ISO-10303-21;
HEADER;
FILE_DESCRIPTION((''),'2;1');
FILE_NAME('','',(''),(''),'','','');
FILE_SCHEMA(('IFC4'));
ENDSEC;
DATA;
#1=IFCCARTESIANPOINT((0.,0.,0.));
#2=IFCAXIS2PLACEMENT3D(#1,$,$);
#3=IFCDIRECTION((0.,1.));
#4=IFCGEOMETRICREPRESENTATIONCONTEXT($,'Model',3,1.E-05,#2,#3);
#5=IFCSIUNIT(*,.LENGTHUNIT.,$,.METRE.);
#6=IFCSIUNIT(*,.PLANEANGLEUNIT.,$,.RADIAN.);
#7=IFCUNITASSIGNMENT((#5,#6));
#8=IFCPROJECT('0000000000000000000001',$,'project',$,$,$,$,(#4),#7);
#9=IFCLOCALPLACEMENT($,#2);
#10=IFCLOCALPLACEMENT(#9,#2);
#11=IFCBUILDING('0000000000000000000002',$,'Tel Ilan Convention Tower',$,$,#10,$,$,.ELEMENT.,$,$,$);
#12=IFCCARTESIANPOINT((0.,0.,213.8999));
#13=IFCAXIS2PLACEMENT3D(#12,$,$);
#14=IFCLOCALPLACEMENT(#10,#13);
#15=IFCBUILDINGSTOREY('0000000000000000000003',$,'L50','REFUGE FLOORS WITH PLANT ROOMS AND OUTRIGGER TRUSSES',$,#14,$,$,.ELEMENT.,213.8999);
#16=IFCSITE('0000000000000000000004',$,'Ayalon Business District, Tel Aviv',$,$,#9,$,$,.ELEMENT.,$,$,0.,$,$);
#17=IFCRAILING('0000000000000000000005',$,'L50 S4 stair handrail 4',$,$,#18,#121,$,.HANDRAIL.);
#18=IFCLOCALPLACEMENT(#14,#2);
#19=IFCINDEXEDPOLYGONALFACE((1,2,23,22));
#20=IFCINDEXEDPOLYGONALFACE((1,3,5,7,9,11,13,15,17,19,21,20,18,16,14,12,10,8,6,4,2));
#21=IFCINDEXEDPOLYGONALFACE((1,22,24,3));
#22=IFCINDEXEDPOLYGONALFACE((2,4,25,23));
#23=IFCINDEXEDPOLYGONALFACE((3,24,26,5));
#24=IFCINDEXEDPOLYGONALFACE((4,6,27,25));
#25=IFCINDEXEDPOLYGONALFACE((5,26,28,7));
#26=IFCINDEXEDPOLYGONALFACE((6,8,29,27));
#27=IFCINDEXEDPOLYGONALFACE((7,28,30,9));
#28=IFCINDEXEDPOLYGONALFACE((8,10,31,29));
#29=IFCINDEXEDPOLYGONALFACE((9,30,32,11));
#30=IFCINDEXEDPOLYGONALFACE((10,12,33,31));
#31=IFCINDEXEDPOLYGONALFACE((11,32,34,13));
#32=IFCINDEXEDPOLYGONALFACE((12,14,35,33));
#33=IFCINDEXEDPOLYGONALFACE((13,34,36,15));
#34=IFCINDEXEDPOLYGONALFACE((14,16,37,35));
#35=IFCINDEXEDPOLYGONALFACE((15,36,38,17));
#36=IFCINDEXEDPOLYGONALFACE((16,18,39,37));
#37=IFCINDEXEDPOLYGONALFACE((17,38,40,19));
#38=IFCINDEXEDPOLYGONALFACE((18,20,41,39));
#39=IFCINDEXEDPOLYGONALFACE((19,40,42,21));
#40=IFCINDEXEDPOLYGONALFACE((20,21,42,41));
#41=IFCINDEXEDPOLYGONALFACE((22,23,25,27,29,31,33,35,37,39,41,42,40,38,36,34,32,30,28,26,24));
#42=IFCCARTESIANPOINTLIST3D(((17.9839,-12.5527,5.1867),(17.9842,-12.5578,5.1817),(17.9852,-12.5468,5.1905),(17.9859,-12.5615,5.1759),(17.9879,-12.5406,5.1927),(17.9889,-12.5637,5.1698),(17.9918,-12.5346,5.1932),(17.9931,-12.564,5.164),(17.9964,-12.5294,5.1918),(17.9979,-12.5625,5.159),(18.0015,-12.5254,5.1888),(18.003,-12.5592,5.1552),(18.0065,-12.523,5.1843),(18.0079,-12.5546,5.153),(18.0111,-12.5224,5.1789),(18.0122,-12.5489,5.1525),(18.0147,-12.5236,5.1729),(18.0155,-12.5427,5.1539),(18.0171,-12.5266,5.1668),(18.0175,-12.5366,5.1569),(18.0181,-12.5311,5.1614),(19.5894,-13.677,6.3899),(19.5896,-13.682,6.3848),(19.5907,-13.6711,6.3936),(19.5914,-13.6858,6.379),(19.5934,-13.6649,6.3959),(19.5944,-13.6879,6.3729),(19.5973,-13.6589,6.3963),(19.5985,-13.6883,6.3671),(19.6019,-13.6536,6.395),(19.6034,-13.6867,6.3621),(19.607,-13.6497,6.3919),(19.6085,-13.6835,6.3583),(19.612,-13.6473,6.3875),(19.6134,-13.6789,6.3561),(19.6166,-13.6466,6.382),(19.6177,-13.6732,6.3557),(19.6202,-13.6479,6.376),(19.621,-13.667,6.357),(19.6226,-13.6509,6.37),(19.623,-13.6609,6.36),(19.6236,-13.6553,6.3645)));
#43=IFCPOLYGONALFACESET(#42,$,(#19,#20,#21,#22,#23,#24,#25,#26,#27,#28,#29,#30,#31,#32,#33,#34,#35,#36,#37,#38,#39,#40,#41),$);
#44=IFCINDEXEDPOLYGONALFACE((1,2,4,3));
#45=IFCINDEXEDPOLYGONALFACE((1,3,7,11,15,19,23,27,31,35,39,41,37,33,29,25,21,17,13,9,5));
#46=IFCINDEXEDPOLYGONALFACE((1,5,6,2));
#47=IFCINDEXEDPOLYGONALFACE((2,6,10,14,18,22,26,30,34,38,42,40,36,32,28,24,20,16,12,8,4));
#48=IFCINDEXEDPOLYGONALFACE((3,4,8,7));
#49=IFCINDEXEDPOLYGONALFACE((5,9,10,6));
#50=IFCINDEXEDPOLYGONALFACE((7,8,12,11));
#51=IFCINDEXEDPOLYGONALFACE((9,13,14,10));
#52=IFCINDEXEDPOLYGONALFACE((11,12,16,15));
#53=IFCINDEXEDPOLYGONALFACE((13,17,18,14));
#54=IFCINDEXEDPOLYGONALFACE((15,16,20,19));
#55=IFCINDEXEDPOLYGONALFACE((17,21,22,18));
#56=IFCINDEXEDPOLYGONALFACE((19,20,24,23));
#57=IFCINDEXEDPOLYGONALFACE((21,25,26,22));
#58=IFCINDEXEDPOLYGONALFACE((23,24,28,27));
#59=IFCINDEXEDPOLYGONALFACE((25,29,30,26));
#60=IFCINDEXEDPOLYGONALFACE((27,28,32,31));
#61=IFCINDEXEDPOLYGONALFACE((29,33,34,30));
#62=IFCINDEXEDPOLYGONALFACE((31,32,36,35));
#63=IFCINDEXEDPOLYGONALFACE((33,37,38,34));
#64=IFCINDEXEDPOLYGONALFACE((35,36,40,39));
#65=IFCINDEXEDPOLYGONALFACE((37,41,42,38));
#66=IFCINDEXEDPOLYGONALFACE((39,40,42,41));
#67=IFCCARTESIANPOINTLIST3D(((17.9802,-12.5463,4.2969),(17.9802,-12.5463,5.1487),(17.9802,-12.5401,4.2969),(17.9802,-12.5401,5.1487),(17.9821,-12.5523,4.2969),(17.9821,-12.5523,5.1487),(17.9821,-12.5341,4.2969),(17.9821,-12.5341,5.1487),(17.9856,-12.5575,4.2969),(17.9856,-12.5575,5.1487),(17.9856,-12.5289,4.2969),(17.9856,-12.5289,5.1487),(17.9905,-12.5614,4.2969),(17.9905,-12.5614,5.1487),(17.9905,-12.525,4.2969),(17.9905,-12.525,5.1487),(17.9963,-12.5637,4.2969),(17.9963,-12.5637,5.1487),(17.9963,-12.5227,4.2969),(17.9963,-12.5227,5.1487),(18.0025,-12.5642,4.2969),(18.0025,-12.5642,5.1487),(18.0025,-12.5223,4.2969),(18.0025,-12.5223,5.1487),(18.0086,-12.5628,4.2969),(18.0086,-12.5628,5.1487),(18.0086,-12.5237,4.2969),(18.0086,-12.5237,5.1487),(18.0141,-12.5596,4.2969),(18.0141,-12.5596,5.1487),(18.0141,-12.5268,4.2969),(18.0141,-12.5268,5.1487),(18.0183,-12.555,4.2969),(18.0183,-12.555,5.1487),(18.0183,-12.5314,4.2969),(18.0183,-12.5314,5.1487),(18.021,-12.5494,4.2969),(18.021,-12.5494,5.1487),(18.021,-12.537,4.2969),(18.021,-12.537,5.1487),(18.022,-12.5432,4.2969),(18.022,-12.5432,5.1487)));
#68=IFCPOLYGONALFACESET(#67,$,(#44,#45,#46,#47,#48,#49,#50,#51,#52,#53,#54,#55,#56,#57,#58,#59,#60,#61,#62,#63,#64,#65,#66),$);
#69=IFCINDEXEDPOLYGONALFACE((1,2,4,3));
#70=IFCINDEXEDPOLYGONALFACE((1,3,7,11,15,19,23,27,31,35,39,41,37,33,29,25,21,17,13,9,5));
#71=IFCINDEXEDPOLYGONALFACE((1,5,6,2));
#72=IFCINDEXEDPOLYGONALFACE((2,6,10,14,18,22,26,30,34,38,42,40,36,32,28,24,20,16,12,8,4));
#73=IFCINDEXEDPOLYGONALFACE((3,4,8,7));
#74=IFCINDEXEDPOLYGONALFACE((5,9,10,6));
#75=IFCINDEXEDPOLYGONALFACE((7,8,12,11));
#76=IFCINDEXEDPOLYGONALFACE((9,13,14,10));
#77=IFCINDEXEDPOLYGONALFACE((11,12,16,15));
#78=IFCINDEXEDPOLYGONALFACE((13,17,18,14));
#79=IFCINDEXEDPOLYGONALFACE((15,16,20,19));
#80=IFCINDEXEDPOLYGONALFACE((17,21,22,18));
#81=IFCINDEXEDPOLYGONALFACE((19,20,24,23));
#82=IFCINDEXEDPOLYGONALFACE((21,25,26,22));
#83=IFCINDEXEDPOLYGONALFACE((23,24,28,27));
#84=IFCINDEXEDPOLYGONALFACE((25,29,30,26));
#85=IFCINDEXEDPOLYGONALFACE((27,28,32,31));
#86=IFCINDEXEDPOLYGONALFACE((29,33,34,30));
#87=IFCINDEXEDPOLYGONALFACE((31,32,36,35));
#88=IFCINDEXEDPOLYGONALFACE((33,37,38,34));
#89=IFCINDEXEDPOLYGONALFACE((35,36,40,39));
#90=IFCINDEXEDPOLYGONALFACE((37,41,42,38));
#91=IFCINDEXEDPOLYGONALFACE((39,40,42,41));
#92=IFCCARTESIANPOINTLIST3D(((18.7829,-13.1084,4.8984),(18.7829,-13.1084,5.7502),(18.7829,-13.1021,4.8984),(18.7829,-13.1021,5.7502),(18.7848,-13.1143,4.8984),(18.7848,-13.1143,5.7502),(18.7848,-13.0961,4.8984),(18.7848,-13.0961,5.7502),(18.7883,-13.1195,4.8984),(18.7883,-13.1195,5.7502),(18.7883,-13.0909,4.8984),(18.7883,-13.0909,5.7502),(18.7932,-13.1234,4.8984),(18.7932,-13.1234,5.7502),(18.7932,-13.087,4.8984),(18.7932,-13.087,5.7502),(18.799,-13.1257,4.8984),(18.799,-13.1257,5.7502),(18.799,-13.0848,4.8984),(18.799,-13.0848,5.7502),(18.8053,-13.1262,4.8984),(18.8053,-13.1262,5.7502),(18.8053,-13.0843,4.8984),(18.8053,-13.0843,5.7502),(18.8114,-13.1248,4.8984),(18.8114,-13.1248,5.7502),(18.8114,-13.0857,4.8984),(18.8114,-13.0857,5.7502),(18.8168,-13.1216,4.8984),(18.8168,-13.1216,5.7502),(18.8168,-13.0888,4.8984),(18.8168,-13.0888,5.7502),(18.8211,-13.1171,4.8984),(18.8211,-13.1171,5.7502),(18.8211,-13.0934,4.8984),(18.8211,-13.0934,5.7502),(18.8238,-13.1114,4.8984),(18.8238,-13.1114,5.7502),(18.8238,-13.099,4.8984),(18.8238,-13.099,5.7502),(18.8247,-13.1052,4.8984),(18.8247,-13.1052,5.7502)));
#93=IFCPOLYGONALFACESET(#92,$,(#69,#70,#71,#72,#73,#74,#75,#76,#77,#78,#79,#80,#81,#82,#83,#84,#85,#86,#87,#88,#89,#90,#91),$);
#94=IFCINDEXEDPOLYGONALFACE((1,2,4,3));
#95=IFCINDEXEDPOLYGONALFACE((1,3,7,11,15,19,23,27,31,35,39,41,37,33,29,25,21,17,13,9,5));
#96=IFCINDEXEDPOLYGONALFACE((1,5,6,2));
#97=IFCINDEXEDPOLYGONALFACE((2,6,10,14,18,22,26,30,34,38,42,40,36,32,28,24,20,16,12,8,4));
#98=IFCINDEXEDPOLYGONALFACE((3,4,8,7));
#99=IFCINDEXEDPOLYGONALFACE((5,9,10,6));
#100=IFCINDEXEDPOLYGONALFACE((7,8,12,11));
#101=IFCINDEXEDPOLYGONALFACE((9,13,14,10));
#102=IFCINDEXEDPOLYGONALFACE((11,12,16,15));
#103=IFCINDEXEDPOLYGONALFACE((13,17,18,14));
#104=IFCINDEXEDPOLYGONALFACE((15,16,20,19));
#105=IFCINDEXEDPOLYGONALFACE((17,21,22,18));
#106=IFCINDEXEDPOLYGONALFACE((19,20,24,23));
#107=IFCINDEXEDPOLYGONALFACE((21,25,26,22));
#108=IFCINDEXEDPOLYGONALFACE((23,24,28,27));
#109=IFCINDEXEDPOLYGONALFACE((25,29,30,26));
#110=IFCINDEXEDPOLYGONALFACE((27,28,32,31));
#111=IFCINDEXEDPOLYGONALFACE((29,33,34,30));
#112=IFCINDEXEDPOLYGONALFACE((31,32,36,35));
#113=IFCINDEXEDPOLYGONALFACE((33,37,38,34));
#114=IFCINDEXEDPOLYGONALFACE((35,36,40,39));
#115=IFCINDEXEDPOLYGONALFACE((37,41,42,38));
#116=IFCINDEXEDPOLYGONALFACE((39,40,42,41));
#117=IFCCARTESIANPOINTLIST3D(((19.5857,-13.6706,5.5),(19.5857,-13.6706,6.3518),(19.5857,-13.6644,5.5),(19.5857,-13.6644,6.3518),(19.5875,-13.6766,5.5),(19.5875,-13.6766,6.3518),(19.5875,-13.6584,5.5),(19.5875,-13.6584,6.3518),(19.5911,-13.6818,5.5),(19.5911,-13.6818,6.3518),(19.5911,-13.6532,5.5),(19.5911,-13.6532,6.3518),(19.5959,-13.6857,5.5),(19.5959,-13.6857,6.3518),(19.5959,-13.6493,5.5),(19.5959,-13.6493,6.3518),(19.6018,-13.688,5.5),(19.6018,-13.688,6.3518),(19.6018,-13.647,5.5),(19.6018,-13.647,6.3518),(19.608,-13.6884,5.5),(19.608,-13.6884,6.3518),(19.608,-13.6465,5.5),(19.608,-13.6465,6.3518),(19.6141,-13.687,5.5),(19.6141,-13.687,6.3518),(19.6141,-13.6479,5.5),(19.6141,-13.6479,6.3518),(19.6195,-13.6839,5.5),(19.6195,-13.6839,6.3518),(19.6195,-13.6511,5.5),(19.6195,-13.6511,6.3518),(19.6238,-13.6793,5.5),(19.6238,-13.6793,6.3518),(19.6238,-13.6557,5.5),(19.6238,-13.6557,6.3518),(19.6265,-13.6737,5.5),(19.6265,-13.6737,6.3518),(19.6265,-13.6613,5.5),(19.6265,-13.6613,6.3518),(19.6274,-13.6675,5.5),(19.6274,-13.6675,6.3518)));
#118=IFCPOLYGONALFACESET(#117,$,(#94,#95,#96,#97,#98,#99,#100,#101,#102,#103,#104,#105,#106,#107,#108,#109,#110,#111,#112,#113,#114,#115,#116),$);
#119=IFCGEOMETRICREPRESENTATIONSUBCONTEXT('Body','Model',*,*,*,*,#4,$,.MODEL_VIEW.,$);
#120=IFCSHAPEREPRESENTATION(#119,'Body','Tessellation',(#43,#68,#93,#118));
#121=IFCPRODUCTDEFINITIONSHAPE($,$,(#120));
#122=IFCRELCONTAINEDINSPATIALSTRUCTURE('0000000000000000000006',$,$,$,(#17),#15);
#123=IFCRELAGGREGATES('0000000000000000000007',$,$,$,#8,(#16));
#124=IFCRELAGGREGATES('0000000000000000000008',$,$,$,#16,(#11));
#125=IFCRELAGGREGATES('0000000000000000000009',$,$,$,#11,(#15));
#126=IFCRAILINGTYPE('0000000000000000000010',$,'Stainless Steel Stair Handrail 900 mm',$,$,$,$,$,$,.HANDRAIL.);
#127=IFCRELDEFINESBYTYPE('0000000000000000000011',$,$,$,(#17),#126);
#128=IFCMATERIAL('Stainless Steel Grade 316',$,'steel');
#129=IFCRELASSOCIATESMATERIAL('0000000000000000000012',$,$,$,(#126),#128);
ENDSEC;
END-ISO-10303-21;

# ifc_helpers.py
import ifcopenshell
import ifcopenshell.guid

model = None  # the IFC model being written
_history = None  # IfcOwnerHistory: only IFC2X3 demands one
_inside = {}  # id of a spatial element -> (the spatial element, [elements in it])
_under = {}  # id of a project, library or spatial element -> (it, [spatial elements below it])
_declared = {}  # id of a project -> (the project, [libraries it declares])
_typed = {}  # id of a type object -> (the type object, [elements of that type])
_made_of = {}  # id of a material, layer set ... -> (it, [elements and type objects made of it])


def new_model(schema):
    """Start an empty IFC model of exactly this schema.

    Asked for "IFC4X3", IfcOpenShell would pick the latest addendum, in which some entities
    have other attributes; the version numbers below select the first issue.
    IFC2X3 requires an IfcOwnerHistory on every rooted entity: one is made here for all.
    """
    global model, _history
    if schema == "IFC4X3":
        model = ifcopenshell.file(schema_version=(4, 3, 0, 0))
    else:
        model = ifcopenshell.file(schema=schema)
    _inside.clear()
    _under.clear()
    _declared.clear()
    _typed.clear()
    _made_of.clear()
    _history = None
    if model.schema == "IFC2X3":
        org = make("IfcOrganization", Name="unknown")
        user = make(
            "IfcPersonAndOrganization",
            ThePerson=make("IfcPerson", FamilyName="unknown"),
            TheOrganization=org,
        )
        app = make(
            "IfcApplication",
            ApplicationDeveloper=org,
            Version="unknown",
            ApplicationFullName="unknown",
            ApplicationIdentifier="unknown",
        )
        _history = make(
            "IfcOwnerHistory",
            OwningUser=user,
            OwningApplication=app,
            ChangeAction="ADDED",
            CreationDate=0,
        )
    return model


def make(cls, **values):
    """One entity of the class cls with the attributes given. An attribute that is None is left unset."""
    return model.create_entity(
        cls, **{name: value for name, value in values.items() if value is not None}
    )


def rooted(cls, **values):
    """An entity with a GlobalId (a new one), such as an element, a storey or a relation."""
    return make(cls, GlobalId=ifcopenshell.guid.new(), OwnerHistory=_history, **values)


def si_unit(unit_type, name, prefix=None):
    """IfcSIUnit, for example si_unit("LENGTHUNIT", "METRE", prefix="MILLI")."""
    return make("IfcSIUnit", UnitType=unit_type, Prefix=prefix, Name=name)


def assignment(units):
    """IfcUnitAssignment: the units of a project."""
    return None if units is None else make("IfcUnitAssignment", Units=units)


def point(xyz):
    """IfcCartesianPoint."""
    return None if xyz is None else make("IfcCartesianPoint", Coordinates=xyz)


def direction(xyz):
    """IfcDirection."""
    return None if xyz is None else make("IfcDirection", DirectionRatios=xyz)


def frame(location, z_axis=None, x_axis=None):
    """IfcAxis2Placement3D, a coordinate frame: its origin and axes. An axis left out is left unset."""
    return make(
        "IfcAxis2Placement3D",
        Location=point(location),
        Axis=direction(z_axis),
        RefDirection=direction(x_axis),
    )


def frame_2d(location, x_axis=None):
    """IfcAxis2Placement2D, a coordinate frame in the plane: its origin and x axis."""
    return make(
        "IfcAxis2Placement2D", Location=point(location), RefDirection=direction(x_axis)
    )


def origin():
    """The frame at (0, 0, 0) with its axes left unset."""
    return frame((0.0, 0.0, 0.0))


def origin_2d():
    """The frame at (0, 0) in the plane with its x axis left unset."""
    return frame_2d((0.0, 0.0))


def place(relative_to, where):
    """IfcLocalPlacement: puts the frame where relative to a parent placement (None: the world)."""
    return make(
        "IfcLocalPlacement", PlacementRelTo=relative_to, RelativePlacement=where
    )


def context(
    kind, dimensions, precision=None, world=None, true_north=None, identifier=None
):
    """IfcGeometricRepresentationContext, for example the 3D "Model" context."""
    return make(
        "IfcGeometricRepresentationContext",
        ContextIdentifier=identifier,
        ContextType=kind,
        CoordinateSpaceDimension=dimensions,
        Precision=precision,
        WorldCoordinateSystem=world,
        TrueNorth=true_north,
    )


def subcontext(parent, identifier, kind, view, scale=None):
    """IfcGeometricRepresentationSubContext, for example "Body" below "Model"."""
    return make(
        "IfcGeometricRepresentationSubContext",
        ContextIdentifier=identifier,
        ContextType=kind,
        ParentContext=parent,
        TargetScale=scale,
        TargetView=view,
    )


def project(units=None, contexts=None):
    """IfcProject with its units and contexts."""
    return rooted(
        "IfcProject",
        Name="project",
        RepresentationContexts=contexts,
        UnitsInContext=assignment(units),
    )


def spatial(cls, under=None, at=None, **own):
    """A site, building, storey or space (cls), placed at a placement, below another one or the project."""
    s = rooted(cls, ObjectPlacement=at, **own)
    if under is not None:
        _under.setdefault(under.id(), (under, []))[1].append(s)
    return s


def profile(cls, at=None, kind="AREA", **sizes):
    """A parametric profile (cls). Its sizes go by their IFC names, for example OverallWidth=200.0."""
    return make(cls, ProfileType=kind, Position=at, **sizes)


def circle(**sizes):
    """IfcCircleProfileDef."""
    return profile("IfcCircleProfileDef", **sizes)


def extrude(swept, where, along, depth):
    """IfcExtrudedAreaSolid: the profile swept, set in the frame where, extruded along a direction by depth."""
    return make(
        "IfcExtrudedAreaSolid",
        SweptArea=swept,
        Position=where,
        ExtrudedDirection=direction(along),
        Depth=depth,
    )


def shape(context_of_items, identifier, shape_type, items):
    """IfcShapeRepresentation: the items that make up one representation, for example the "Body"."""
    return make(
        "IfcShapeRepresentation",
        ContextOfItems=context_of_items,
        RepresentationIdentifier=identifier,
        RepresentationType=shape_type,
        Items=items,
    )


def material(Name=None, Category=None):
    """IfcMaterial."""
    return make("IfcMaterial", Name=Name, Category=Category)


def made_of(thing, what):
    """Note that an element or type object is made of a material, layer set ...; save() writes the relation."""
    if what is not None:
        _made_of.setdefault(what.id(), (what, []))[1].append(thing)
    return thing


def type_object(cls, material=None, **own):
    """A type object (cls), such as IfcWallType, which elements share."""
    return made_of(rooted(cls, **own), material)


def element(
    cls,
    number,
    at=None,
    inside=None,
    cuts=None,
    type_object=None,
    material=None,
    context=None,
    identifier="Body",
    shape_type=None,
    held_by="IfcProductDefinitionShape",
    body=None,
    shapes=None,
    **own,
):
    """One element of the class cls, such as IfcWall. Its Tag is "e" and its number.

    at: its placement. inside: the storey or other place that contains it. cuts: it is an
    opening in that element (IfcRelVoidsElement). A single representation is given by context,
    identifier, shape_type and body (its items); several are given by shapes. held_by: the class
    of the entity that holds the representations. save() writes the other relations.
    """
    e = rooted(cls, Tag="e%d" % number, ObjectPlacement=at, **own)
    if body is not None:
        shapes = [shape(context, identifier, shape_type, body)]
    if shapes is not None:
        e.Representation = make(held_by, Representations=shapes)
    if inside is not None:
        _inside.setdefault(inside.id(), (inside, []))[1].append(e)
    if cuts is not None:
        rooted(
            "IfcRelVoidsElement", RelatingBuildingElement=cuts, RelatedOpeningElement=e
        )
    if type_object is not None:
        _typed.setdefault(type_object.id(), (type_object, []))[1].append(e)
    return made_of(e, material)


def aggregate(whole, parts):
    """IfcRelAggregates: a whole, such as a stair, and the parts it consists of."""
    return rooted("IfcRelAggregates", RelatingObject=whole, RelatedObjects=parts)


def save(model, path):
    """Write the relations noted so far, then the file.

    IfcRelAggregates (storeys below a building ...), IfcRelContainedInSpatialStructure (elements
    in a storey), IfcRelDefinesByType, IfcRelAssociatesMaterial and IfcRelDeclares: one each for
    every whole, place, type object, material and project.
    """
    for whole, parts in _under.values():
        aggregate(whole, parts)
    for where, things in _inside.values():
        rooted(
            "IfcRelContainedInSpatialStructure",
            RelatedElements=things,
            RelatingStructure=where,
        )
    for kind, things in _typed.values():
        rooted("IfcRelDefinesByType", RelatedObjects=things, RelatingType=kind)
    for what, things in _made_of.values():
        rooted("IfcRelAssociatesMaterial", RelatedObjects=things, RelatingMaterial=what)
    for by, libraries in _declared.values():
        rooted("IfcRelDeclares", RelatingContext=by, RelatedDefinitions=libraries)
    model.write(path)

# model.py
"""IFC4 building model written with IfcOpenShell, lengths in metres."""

from ifc_helpers import new_model, si_unit, direction, frame, origin, origin_2d, place, context, subcontext, project, spatial, circle, extrude, material, type_object, element, save


model = new_model("IFC4")

# Units and contexts
model_context = context("Model", 3, precision=1e-05, world=origin(), true_north=direction((0.0, 1.0)))
body_context = subcontext(model_context, "Body", "Model", "MODEL_VIEW")
ifc_project = project(units=[si_unit("LENGTHUNIT", "METRE"), si_unit("PLANEANGLEUNIT", "RADIAN")], contexts=[model_context])

# Site, building, storey
site_placement = place(None, origin())
site = spatial("IfcSite", under=ifc_project, at=site_placement, Name="Ayalon Business District, Tel Aviv", CompositionType="ELEMENT", RefElevation=0.0)
building_placement = place(site_placement, origin())
building = spatial("IfcBuilding", under=site, at=building_placement, Name="Tel Ilan Convention Tower", CompositionType="ELEMENT")
storey_placement = place(building_placement, frame((0.0, 0.0, 213.8999)))
storey = spatial("IfcBuildingStorey", under=building, at=storey_placement, Name="L50", Description="REFUGE FLOORS WITH PLANT ROOMS AND OUTRIGGER TRUSSES", CompositionType="ELEMENT", Elevation=213.8999)

# Railing
ifc_material_1 = material(Name="Stainless Steel Grade 316", Category="steel")
railing_type_1 = type_object("IfcRailingType", Name="Stainless Steel Stair Handrail 900 mm", PredefinedType="HANDRAIL", material=ifc_material_1)
for number, where, name in (
    (1, (18.001, -12.5432, 4.2969), "L50 S4 stair handrail 4"),
):
    element("IfcRailing", number, at=place(storey_placement, frame(where)), inside=storey, type_object=railing_type_1, Name=name, PredefinedType="HANDRAIL", context=body_context, shape_type="SweptSolid", body=[
        extrude(circle(Radius=0.0239, at=origin_2d()), frame((0.0, 0.0, 0.876), z_axis=(0.698095, -0.488857, 0.523146), x_axis=(0.573613, 0.819127, 0.0)), (0.0, 0.0, 1.0), 2.2998),
        extrude(circle(Radius=0.021, at=origin_2d()), origin(), (0.0, 0.0, 1.0), 0.8518),
        extrude(circle(Radius=0.021, at=origin_2d()), frame((0.8027, -0.562, 0.6016)), (0.0, 0.0, 1.0), 0.8518),
        extrude(circle(Radius=0.021, at=origin_2d()), frame((1.6055, -1.1243, 1.2031)), (0.0, 0.0, 1.0), 0.8518),
    ])

save(model, "model.ifc")
